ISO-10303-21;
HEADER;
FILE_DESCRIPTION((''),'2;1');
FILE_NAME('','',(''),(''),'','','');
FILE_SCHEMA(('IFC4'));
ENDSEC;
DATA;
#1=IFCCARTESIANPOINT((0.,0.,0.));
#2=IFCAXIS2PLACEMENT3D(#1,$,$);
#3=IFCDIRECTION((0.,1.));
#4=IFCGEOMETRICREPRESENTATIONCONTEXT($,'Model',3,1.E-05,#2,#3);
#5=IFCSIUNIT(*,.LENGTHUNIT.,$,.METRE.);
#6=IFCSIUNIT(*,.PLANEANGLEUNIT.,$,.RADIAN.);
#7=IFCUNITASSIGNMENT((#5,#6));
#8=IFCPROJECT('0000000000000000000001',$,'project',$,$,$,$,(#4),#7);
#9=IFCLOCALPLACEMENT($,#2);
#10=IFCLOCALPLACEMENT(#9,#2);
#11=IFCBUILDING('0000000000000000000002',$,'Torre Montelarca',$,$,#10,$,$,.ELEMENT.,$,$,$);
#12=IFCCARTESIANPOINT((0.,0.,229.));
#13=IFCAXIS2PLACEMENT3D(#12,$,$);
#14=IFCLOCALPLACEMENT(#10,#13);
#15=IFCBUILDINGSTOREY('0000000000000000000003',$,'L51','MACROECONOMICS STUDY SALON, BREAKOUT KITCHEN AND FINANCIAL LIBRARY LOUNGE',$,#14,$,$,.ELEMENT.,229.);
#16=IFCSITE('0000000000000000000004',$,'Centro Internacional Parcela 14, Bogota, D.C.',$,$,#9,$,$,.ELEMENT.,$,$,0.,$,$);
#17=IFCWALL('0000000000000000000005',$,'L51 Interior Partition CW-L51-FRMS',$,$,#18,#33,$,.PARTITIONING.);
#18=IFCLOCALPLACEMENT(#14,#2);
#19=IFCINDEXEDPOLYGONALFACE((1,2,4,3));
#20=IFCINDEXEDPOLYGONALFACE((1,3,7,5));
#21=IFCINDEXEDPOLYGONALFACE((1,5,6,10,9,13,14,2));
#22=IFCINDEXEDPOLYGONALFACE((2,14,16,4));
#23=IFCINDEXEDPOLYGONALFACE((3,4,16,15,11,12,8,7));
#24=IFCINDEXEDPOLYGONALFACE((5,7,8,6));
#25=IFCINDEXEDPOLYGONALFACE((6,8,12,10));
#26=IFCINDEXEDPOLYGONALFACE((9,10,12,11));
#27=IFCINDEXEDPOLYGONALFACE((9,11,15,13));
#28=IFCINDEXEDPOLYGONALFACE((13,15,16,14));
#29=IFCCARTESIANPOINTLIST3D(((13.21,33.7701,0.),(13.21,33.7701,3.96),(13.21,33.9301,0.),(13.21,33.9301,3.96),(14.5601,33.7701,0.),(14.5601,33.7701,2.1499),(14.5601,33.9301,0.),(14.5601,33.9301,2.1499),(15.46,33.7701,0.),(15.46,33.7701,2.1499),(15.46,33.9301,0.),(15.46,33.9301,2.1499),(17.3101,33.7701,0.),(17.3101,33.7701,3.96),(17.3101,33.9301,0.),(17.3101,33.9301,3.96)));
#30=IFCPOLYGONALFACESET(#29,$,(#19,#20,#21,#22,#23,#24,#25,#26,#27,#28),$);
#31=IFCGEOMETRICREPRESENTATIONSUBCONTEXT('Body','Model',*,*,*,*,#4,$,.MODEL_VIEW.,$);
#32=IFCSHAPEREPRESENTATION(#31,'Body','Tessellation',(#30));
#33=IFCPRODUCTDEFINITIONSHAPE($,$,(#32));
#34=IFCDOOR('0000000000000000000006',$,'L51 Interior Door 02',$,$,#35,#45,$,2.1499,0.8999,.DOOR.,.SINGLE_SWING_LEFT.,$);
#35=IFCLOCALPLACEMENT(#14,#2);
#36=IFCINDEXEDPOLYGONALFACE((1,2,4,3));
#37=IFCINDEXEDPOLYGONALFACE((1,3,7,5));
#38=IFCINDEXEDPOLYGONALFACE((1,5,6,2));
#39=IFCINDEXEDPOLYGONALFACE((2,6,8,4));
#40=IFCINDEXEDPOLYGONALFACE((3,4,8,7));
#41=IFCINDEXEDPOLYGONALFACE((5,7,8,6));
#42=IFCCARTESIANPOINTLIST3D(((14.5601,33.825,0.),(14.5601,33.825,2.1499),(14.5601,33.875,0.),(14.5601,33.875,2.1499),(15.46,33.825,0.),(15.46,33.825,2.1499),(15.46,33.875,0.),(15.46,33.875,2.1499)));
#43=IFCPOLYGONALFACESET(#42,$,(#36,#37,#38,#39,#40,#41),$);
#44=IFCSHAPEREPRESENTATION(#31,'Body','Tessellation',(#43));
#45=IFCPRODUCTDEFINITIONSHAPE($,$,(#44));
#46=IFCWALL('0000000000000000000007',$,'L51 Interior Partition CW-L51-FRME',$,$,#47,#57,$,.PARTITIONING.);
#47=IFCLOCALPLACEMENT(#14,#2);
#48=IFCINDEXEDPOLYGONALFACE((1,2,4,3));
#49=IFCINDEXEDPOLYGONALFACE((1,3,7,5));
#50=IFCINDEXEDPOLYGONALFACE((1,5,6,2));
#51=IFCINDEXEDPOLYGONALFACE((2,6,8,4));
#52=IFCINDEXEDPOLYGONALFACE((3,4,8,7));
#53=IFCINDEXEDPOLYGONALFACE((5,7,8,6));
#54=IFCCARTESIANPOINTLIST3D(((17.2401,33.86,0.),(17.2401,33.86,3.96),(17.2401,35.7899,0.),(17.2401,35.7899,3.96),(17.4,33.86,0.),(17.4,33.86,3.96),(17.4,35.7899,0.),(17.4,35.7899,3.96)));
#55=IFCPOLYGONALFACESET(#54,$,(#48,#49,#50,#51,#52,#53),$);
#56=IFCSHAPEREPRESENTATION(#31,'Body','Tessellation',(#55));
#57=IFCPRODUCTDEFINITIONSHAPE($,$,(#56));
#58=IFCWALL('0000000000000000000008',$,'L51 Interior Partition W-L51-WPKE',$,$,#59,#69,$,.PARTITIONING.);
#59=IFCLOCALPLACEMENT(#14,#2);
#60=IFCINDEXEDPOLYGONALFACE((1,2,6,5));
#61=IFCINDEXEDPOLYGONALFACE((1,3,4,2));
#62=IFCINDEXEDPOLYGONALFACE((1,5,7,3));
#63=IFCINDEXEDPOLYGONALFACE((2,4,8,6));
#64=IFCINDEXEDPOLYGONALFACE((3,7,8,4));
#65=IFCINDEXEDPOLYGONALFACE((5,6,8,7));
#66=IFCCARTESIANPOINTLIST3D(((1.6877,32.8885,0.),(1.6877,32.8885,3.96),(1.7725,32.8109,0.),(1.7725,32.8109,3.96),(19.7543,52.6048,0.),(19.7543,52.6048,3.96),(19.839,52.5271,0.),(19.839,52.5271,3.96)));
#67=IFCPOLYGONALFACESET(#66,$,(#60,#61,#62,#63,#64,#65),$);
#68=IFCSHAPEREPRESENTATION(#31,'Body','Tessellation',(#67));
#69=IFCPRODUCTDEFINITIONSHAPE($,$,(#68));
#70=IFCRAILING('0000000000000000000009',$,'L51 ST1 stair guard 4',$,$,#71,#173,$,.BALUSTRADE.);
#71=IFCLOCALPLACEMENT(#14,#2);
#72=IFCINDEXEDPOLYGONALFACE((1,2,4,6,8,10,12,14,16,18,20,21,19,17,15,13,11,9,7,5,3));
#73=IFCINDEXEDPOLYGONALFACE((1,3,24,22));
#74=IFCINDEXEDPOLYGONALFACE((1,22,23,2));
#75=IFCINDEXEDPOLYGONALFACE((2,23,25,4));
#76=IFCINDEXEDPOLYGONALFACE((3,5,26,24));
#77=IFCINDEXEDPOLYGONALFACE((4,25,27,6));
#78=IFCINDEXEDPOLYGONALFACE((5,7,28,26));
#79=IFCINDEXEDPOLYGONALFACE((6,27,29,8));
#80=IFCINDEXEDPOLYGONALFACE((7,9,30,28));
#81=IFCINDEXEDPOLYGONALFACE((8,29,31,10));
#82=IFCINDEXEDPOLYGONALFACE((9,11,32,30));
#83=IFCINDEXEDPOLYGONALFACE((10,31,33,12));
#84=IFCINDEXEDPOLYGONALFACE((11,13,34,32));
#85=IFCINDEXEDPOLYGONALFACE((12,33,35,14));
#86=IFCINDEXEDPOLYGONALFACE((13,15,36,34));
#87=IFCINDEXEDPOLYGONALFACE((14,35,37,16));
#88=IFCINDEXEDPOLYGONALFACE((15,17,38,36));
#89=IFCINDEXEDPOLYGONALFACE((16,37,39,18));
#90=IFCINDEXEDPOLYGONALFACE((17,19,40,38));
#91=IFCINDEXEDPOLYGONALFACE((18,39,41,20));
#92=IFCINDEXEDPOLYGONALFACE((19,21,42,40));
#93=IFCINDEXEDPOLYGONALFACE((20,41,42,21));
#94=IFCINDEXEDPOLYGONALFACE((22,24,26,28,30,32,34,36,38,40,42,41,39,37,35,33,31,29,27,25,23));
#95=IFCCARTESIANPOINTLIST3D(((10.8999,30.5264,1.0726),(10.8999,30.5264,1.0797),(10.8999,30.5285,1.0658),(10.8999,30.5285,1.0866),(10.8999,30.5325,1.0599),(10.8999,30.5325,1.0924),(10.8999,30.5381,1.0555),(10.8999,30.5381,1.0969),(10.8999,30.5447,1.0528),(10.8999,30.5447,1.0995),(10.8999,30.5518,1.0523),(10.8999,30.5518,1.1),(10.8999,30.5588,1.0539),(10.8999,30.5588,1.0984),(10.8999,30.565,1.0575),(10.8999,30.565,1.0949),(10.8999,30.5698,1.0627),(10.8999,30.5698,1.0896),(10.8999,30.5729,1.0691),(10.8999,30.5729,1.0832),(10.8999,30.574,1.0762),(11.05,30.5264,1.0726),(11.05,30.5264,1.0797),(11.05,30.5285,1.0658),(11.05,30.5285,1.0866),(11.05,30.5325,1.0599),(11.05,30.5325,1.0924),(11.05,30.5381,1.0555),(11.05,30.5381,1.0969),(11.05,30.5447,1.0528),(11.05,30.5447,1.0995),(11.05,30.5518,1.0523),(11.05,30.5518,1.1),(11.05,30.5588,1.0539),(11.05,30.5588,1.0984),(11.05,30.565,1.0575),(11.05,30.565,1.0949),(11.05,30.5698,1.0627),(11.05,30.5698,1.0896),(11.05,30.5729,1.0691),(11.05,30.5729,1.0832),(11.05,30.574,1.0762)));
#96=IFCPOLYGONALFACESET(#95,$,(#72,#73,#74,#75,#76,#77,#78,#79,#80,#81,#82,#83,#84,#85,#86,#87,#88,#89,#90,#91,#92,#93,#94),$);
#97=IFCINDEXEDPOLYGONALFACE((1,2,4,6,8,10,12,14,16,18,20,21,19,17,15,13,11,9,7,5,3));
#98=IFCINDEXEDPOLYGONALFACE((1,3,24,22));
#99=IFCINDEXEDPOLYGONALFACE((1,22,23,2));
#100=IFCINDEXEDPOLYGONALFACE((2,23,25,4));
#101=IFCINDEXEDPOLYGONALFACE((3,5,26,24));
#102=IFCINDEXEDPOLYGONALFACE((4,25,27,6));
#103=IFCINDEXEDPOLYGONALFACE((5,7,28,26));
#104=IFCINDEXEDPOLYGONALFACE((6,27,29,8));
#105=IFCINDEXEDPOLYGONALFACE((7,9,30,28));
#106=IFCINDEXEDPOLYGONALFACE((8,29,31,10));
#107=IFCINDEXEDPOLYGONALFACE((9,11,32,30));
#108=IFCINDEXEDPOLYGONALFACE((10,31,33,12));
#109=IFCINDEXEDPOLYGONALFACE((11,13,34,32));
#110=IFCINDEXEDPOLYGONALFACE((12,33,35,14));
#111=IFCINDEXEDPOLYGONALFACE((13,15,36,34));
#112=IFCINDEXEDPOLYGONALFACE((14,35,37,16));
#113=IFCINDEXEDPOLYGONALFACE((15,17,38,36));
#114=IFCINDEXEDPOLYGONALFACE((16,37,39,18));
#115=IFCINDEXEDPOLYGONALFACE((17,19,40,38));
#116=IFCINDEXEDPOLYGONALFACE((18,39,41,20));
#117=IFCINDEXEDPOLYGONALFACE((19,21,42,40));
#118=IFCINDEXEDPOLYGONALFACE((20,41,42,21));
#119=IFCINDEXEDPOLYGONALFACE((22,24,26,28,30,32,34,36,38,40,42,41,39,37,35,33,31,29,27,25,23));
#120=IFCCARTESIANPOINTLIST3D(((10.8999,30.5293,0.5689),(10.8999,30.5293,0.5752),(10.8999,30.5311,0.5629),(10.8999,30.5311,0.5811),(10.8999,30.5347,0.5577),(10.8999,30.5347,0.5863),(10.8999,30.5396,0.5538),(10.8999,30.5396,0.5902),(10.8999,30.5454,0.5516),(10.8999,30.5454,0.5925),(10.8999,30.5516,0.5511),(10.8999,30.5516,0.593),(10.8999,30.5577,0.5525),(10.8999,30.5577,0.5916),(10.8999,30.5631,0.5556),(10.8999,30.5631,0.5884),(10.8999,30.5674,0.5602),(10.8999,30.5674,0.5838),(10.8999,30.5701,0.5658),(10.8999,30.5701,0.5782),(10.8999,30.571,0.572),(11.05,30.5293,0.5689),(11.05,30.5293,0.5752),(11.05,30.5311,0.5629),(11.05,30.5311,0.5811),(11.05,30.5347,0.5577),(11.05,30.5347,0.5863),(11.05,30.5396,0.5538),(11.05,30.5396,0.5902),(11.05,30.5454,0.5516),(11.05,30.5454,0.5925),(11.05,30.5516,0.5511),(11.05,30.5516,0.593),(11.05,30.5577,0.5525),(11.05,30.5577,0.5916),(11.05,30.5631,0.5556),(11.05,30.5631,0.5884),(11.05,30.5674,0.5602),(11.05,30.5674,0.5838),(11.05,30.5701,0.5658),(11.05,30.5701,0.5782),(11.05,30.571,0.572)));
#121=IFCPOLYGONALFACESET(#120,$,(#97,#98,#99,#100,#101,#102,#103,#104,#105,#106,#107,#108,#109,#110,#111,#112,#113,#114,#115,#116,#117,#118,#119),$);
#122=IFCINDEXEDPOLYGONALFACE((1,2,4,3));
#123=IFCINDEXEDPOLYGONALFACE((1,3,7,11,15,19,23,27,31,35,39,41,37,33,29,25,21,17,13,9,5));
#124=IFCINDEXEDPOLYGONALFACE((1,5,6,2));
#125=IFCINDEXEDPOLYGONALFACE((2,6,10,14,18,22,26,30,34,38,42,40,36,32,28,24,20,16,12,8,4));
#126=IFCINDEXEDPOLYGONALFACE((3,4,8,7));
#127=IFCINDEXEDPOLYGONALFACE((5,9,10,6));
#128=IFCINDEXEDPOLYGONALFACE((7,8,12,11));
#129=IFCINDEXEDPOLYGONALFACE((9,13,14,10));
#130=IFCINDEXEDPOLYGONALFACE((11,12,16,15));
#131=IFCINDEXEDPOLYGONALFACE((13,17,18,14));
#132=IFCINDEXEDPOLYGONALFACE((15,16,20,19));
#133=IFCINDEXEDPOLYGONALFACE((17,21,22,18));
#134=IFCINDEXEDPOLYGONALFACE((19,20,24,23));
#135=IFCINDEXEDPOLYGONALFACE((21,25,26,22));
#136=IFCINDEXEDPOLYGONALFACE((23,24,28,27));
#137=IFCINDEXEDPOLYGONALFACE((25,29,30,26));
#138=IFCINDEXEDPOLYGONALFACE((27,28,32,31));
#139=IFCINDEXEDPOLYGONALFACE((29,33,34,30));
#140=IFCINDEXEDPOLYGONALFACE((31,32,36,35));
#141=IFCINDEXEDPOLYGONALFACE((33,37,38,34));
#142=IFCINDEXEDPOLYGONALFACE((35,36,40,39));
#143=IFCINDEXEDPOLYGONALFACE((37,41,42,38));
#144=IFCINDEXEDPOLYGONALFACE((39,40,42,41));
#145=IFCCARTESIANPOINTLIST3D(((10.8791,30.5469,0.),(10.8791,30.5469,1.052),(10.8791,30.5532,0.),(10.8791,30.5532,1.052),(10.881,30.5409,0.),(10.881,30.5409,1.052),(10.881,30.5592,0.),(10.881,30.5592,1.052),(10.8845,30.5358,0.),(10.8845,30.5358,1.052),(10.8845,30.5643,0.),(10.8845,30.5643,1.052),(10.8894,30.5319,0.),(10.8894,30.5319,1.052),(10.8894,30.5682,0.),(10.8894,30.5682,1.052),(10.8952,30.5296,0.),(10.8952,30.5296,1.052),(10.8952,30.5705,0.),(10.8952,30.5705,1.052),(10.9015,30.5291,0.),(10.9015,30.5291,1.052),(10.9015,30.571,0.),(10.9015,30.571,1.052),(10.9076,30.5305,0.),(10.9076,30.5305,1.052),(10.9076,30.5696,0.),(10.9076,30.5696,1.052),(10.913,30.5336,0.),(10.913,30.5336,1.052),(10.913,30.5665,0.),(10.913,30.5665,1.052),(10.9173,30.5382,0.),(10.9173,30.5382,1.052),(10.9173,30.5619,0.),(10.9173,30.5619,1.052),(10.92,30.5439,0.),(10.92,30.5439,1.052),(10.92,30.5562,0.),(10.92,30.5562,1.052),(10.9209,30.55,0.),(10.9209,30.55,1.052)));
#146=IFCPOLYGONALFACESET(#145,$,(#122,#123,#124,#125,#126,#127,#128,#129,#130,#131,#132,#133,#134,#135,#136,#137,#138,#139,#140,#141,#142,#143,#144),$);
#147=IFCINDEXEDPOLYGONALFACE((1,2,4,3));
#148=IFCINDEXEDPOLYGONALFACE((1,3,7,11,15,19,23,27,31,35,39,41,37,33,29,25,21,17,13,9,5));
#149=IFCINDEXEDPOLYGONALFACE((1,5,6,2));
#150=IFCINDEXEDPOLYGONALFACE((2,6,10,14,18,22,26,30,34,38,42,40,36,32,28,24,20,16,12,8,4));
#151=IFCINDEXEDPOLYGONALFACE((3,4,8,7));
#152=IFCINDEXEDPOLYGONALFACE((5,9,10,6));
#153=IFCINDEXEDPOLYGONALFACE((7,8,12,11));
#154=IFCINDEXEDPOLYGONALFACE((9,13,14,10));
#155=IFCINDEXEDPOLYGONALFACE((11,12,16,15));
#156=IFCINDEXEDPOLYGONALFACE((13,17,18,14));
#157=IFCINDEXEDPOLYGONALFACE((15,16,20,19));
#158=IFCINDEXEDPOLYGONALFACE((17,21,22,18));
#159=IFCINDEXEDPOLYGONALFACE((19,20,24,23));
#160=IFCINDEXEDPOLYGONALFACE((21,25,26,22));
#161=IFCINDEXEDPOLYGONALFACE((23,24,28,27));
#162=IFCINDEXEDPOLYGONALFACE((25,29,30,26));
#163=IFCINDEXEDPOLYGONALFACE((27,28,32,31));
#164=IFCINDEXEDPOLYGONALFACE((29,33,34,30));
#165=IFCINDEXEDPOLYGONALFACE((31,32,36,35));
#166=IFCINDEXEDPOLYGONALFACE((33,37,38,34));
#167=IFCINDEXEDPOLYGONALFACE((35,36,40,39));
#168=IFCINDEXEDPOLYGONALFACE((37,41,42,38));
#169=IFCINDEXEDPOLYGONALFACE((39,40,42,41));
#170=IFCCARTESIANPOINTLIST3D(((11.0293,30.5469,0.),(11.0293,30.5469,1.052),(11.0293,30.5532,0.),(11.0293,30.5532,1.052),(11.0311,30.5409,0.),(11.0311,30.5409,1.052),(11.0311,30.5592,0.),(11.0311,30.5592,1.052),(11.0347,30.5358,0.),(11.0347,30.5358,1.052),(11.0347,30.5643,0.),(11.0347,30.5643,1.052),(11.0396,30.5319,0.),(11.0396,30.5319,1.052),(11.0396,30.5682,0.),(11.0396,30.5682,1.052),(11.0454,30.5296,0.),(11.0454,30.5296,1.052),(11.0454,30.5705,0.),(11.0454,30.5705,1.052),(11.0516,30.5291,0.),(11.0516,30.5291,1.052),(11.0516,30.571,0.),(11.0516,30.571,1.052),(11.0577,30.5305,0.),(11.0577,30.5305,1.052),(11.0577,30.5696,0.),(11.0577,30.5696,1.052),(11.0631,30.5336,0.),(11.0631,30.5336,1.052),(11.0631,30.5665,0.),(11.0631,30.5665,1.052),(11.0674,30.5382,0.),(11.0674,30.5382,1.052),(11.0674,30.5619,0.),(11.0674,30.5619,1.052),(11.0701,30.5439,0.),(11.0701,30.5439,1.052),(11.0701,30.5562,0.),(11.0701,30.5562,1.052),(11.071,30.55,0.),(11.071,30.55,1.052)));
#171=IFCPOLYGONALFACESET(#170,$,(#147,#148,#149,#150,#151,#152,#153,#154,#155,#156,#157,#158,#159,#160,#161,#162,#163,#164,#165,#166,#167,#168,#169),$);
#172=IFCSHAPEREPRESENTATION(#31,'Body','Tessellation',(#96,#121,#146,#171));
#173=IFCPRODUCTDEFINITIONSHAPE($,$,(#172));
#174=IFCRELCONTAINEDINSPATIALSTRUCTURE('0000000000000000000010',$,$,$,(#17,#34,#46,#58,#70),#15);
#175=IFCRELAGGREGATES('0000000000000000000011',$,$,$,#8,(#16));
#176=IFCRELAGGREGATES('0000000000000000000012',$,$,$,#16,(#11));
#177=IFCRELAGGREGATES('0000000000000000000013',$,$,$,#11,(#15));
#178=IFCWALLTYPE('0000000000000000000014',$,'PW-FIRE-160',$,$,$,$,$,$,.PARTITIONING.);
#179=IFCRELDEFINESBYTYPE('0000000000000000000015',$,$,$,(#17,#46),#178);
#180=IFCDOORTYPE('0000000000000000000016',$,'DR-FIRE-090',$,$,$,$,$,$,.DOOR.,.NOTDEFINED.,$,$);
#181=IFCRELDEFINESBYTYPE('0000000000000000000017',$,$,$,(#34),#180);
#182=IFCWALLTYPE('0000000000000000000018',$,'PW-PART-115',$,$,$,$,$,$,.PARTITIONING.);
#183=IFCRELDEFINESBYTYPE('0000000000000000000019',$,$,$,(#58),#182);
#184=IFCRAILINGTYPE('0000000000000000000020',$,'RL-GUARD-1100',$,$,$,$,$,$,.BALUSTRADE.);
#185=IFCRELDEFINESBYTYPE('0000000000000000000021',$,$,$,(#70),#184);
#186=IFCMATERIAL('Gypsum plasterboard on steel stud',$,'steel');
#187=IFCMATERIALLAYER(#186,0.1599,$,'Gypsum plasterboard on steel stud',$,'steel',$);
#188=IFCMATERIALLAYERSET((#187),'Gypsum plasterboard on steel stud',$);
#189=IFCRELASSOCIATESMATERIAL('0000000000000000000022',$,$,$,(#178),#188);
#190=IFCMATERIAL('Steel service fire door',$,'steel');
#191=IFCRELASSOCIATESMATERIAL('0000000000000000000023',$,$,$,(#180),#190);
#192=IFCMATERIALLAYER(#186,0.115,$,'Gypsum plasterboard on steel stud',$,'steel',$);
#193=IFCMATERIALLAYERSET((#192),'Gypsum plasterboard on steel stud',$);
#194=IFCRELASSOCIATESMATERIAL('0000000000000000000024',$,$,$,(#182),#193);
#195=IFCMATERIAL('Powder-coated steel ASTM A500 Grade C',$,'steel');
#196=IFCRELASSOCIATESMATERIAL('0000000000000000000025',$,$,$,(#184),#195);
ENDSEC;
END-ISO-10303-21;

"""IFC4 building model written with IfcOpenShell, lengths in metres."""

from ifc_helpers import new_model, si_unit, direction, frame, frame_2d, origin, origin_2d, place, context, subcontext, project, spatial, rectangle, circle, extrude, source, transform, mapped, material, layer, layer_set, type_object, element, fill, save


model = new_model("IFC4")

# Units and contexts
model_context = context("Model", 3, precision=1e-05, world=origin(), true_north=direction((0.0, 1.0)))
body_context = subcontext(model_context, "Body", "Model", "MODEL_VIEW")
ifc_project = project(units=[si_unit("LENGTHUNIT", "METRE"), si_unit("PLANEANGLEUNIT", "RADIAN")], contexts=[model_context])

# Site, building, storey
site_placement = place(None, origin())
site = spatial("IfcSite", under=ifc_project, at=site_placement, Name="Centro Internacional Parcela 14, Bogota, D.C.", CompositionType="ELEMENT", RefElevation=0.0)
building_placement = place(site_placement, origin())
building = spatial("IfcBuilding", under=site, at=building_placement, Name="Torre Montelarca", CompositionType="ELEMENT")
storey_placement = place(building_placement, frame((0.0, 0.0, 229.0)))
storey = spatial("IfcBuildingStorey", under=building, at=storey_placement, Name="L51", Description="MACROECONOMICS STUDY SALON, BREAKOUT KITCHEN AND FINANCIAL LIBRARY LOUNGE", CompositionType="ELEMENT", Elevation=229.0)

# Shared definitions
ifc_material_1 = material(Name="Gypsum plasterboard on steel stud", Category="steel")
ifc_layer_1 = layer(ifc_material_1, 0.1599, Name="Gypsum plasterboard on steel stud", Category="steel")
ifc_layer_set_1 = layer_set([ifc_layer_1], Name="Gypsum plasterboard on steel stud")
wall_type_1 = type_object("IfcWallType", Name="PW-FIRE-160", PredefinedType="PARTITIONING", material=ifc_layer_set_1)
ifc_material_2 = material(Name="Steel service fire door", Category="steel")
door_type_1 = type_object("IfcDoorType", Name="DR-FIRE-090", OperationType="NOTDEFINED", PredefinedType="DOOR", material=ifc_material_2)
shared_shape_1 = source(origin(), body_context, "Body", "SweptSolid", [
    extrude(rectangle(XDim=0.8999, YDim=2.1499, at=frame_2d((0.45, 1.075))), frame((0.0, 0.0249, 0.0), z_axis=(0.0, -1.0, 0.0), x_axis=(1.0, 0.0, 0.0)), (0.0, 0.0, 1.0), 0.05),
])

# Wall, opening, door
wall_1_placement = place(storey_placement, frame((13.21, 33.8501, 0.0), z_axis=(0.0, 0.0, 1.0), x_axis=(1.0, 0.0, 0.0)))
wall_1 = element("IfcWall", 1, at=wall_1_placement, inside=storey, type_object=wall_type_1, Name="L51 Interior Partition CW-L51-FRMS", PredefinedType="PARTITIONING", context=body_context, shape_type="SweptSolid", body=[
    extrude(rectangle(XDim=4.1001, YDim=0.1599, at=frame_2d((2.05, 0.0))), origin(), (0.0, 0.0, 1.0), 3.96),
])
opening_1_placement = place(wall_1_placement, frame((1.3501, 0.0, 0.0)))
opening_1 = element("IfcOpeningElement", 2, at=opening_1_placement, cuts=wall_1, PredefinedType="OPENING", context=body_context, shape_type="SweptSolid", body=[
    extrude(rectangle(XDim=0.8999, YDim=2.1499, at=frame_2d((0.45, 1.075))), frame((0.0, 0.0898, 0.0), z_axis=(0.0, -1.0, 0.0), x_axis=(1.0, 0.0, 0.0)), (0.0, 0.0, 1.0), 0.1799),
])
door_1_placement = place(opening_1_placement, origin())
door_1 = element("IfcDoor", 3, at=door_1_placement, inside=storey, type_object=door_type_1, Name="L51 Interior Door 02", OperationType="SINGLE_SWING_LEFT", OverallHeight=2.1499, OverallWidth=0.8999, PredefinedType="DOOR", context=body_context, shape_type="MappedRepresentation", body=[
    mapped(shared_shape_1, transform((0.0, 0.0, 0.0), scale=1.0)),
])
fill(opening_1, door_1)

# Walls
wall_2_placement = place(storey_placement, frame((17.3201, 33.8601, 0.0), z_axis=(0.0, 0.0, 1.0), x_axis=(0.0, 1.0, 0.0)))
element("IfcWall", 4, at=wall_2_placement, inside=storey, type_object=wall_type_1, Name="L51 Interior Partition CW-L51-FRME", PredefinedType="PARTITIONING", context=body_context, shape_type="SweptSolid", body=[
    extrude(rectangle(XDim=1.9299, YDim=0.1599, at=frame_2d((0.9648, 0.0))), origin(), (0.0, 0.0, 1.0), 3.96),
])
ifc_layer_2 = layer(ifc_material_1, 0.115, Name="Gypsum plasterboard on steel stud", Category="steel")
ifc_layer_set_2 = layer_set([ifc_layer_2], Name="Gypsum plasterboard on steel stud")
wall_type_2 = type_object("IfcWallType", Name="PW-PART-115", PredefinedType="PARTITIONING", material=ifc_layer_set_2)
wall_3_placement = place(storey_placement, frame((1.73, 32.8496, 0.0), z_axis=(0.0, 0.0, 1.0), x_axis=(0.67559, 0.737278, 0.0)))
element("IfcWall", 5, at=wall_3_placement, inside=storey, type_object=wall_type_2, Name="L51 Interior Partition W-L51-WPKE", PredefinedType="PARTITIONING", context=body_context, shape_type="SweptSolid", body=[
    extrude(rectangle(XDim=26.7419, YDim=0.115, at=frame_2d((13.3711, 0.0))), origin(), (0.0, 0.0, 1.0), 3.96),
])

# Railing
ifc_material_3 = material(Name="Powder-coated steel ASTM A500 Grade C", Category="steel")
railing_type = type_object("IfcRailingType", Name="RL-GUARD-1100", PredefinedType="BALUSTRADE", material=ifc_material_3)
railing_placement = place(storey_placement, frame((10.8999, 30.55, 0.0)))
element("IfcRailing", 6, at=railing_placement, inside=storey, type_object=railing_type, Name="L51 ST1 stair guard 4", PredefinedType="BALUSTRADE", context=body_context, shape_type="SweptSolid", body=[
    extrude(circle(Radius=0.0239, at=origin_2d()), frame((0.0, 0.0, 1.0762), z_axis=(1.0, 0.0, 0.0), x_axis=(0.0, 1.0, 0.0)), (0.0, 0.0, 1.0), 0.1501),
    extrude(circle(Radius=0.021, at=origin_2d()), frame((0.0, 0.0, 0.572), z_axis=(1.0, 0.0, 0.0), x_axis=(0.0, 1.0, 0.0)), (0.0, 0.0, 1.0), 0.1501),
    extrude(circle(Radius=0.021, at=origin_2d()), origin(), (0.0, 0.0, 1.0), 1.052),
    extrude(circle(Radius=0.021, at=origin_2d()), frame((0.1501, 0.0, 0.0)), (0.0, 0.0, 1.0), 1.052),
])

save(model, "model.ifc")
